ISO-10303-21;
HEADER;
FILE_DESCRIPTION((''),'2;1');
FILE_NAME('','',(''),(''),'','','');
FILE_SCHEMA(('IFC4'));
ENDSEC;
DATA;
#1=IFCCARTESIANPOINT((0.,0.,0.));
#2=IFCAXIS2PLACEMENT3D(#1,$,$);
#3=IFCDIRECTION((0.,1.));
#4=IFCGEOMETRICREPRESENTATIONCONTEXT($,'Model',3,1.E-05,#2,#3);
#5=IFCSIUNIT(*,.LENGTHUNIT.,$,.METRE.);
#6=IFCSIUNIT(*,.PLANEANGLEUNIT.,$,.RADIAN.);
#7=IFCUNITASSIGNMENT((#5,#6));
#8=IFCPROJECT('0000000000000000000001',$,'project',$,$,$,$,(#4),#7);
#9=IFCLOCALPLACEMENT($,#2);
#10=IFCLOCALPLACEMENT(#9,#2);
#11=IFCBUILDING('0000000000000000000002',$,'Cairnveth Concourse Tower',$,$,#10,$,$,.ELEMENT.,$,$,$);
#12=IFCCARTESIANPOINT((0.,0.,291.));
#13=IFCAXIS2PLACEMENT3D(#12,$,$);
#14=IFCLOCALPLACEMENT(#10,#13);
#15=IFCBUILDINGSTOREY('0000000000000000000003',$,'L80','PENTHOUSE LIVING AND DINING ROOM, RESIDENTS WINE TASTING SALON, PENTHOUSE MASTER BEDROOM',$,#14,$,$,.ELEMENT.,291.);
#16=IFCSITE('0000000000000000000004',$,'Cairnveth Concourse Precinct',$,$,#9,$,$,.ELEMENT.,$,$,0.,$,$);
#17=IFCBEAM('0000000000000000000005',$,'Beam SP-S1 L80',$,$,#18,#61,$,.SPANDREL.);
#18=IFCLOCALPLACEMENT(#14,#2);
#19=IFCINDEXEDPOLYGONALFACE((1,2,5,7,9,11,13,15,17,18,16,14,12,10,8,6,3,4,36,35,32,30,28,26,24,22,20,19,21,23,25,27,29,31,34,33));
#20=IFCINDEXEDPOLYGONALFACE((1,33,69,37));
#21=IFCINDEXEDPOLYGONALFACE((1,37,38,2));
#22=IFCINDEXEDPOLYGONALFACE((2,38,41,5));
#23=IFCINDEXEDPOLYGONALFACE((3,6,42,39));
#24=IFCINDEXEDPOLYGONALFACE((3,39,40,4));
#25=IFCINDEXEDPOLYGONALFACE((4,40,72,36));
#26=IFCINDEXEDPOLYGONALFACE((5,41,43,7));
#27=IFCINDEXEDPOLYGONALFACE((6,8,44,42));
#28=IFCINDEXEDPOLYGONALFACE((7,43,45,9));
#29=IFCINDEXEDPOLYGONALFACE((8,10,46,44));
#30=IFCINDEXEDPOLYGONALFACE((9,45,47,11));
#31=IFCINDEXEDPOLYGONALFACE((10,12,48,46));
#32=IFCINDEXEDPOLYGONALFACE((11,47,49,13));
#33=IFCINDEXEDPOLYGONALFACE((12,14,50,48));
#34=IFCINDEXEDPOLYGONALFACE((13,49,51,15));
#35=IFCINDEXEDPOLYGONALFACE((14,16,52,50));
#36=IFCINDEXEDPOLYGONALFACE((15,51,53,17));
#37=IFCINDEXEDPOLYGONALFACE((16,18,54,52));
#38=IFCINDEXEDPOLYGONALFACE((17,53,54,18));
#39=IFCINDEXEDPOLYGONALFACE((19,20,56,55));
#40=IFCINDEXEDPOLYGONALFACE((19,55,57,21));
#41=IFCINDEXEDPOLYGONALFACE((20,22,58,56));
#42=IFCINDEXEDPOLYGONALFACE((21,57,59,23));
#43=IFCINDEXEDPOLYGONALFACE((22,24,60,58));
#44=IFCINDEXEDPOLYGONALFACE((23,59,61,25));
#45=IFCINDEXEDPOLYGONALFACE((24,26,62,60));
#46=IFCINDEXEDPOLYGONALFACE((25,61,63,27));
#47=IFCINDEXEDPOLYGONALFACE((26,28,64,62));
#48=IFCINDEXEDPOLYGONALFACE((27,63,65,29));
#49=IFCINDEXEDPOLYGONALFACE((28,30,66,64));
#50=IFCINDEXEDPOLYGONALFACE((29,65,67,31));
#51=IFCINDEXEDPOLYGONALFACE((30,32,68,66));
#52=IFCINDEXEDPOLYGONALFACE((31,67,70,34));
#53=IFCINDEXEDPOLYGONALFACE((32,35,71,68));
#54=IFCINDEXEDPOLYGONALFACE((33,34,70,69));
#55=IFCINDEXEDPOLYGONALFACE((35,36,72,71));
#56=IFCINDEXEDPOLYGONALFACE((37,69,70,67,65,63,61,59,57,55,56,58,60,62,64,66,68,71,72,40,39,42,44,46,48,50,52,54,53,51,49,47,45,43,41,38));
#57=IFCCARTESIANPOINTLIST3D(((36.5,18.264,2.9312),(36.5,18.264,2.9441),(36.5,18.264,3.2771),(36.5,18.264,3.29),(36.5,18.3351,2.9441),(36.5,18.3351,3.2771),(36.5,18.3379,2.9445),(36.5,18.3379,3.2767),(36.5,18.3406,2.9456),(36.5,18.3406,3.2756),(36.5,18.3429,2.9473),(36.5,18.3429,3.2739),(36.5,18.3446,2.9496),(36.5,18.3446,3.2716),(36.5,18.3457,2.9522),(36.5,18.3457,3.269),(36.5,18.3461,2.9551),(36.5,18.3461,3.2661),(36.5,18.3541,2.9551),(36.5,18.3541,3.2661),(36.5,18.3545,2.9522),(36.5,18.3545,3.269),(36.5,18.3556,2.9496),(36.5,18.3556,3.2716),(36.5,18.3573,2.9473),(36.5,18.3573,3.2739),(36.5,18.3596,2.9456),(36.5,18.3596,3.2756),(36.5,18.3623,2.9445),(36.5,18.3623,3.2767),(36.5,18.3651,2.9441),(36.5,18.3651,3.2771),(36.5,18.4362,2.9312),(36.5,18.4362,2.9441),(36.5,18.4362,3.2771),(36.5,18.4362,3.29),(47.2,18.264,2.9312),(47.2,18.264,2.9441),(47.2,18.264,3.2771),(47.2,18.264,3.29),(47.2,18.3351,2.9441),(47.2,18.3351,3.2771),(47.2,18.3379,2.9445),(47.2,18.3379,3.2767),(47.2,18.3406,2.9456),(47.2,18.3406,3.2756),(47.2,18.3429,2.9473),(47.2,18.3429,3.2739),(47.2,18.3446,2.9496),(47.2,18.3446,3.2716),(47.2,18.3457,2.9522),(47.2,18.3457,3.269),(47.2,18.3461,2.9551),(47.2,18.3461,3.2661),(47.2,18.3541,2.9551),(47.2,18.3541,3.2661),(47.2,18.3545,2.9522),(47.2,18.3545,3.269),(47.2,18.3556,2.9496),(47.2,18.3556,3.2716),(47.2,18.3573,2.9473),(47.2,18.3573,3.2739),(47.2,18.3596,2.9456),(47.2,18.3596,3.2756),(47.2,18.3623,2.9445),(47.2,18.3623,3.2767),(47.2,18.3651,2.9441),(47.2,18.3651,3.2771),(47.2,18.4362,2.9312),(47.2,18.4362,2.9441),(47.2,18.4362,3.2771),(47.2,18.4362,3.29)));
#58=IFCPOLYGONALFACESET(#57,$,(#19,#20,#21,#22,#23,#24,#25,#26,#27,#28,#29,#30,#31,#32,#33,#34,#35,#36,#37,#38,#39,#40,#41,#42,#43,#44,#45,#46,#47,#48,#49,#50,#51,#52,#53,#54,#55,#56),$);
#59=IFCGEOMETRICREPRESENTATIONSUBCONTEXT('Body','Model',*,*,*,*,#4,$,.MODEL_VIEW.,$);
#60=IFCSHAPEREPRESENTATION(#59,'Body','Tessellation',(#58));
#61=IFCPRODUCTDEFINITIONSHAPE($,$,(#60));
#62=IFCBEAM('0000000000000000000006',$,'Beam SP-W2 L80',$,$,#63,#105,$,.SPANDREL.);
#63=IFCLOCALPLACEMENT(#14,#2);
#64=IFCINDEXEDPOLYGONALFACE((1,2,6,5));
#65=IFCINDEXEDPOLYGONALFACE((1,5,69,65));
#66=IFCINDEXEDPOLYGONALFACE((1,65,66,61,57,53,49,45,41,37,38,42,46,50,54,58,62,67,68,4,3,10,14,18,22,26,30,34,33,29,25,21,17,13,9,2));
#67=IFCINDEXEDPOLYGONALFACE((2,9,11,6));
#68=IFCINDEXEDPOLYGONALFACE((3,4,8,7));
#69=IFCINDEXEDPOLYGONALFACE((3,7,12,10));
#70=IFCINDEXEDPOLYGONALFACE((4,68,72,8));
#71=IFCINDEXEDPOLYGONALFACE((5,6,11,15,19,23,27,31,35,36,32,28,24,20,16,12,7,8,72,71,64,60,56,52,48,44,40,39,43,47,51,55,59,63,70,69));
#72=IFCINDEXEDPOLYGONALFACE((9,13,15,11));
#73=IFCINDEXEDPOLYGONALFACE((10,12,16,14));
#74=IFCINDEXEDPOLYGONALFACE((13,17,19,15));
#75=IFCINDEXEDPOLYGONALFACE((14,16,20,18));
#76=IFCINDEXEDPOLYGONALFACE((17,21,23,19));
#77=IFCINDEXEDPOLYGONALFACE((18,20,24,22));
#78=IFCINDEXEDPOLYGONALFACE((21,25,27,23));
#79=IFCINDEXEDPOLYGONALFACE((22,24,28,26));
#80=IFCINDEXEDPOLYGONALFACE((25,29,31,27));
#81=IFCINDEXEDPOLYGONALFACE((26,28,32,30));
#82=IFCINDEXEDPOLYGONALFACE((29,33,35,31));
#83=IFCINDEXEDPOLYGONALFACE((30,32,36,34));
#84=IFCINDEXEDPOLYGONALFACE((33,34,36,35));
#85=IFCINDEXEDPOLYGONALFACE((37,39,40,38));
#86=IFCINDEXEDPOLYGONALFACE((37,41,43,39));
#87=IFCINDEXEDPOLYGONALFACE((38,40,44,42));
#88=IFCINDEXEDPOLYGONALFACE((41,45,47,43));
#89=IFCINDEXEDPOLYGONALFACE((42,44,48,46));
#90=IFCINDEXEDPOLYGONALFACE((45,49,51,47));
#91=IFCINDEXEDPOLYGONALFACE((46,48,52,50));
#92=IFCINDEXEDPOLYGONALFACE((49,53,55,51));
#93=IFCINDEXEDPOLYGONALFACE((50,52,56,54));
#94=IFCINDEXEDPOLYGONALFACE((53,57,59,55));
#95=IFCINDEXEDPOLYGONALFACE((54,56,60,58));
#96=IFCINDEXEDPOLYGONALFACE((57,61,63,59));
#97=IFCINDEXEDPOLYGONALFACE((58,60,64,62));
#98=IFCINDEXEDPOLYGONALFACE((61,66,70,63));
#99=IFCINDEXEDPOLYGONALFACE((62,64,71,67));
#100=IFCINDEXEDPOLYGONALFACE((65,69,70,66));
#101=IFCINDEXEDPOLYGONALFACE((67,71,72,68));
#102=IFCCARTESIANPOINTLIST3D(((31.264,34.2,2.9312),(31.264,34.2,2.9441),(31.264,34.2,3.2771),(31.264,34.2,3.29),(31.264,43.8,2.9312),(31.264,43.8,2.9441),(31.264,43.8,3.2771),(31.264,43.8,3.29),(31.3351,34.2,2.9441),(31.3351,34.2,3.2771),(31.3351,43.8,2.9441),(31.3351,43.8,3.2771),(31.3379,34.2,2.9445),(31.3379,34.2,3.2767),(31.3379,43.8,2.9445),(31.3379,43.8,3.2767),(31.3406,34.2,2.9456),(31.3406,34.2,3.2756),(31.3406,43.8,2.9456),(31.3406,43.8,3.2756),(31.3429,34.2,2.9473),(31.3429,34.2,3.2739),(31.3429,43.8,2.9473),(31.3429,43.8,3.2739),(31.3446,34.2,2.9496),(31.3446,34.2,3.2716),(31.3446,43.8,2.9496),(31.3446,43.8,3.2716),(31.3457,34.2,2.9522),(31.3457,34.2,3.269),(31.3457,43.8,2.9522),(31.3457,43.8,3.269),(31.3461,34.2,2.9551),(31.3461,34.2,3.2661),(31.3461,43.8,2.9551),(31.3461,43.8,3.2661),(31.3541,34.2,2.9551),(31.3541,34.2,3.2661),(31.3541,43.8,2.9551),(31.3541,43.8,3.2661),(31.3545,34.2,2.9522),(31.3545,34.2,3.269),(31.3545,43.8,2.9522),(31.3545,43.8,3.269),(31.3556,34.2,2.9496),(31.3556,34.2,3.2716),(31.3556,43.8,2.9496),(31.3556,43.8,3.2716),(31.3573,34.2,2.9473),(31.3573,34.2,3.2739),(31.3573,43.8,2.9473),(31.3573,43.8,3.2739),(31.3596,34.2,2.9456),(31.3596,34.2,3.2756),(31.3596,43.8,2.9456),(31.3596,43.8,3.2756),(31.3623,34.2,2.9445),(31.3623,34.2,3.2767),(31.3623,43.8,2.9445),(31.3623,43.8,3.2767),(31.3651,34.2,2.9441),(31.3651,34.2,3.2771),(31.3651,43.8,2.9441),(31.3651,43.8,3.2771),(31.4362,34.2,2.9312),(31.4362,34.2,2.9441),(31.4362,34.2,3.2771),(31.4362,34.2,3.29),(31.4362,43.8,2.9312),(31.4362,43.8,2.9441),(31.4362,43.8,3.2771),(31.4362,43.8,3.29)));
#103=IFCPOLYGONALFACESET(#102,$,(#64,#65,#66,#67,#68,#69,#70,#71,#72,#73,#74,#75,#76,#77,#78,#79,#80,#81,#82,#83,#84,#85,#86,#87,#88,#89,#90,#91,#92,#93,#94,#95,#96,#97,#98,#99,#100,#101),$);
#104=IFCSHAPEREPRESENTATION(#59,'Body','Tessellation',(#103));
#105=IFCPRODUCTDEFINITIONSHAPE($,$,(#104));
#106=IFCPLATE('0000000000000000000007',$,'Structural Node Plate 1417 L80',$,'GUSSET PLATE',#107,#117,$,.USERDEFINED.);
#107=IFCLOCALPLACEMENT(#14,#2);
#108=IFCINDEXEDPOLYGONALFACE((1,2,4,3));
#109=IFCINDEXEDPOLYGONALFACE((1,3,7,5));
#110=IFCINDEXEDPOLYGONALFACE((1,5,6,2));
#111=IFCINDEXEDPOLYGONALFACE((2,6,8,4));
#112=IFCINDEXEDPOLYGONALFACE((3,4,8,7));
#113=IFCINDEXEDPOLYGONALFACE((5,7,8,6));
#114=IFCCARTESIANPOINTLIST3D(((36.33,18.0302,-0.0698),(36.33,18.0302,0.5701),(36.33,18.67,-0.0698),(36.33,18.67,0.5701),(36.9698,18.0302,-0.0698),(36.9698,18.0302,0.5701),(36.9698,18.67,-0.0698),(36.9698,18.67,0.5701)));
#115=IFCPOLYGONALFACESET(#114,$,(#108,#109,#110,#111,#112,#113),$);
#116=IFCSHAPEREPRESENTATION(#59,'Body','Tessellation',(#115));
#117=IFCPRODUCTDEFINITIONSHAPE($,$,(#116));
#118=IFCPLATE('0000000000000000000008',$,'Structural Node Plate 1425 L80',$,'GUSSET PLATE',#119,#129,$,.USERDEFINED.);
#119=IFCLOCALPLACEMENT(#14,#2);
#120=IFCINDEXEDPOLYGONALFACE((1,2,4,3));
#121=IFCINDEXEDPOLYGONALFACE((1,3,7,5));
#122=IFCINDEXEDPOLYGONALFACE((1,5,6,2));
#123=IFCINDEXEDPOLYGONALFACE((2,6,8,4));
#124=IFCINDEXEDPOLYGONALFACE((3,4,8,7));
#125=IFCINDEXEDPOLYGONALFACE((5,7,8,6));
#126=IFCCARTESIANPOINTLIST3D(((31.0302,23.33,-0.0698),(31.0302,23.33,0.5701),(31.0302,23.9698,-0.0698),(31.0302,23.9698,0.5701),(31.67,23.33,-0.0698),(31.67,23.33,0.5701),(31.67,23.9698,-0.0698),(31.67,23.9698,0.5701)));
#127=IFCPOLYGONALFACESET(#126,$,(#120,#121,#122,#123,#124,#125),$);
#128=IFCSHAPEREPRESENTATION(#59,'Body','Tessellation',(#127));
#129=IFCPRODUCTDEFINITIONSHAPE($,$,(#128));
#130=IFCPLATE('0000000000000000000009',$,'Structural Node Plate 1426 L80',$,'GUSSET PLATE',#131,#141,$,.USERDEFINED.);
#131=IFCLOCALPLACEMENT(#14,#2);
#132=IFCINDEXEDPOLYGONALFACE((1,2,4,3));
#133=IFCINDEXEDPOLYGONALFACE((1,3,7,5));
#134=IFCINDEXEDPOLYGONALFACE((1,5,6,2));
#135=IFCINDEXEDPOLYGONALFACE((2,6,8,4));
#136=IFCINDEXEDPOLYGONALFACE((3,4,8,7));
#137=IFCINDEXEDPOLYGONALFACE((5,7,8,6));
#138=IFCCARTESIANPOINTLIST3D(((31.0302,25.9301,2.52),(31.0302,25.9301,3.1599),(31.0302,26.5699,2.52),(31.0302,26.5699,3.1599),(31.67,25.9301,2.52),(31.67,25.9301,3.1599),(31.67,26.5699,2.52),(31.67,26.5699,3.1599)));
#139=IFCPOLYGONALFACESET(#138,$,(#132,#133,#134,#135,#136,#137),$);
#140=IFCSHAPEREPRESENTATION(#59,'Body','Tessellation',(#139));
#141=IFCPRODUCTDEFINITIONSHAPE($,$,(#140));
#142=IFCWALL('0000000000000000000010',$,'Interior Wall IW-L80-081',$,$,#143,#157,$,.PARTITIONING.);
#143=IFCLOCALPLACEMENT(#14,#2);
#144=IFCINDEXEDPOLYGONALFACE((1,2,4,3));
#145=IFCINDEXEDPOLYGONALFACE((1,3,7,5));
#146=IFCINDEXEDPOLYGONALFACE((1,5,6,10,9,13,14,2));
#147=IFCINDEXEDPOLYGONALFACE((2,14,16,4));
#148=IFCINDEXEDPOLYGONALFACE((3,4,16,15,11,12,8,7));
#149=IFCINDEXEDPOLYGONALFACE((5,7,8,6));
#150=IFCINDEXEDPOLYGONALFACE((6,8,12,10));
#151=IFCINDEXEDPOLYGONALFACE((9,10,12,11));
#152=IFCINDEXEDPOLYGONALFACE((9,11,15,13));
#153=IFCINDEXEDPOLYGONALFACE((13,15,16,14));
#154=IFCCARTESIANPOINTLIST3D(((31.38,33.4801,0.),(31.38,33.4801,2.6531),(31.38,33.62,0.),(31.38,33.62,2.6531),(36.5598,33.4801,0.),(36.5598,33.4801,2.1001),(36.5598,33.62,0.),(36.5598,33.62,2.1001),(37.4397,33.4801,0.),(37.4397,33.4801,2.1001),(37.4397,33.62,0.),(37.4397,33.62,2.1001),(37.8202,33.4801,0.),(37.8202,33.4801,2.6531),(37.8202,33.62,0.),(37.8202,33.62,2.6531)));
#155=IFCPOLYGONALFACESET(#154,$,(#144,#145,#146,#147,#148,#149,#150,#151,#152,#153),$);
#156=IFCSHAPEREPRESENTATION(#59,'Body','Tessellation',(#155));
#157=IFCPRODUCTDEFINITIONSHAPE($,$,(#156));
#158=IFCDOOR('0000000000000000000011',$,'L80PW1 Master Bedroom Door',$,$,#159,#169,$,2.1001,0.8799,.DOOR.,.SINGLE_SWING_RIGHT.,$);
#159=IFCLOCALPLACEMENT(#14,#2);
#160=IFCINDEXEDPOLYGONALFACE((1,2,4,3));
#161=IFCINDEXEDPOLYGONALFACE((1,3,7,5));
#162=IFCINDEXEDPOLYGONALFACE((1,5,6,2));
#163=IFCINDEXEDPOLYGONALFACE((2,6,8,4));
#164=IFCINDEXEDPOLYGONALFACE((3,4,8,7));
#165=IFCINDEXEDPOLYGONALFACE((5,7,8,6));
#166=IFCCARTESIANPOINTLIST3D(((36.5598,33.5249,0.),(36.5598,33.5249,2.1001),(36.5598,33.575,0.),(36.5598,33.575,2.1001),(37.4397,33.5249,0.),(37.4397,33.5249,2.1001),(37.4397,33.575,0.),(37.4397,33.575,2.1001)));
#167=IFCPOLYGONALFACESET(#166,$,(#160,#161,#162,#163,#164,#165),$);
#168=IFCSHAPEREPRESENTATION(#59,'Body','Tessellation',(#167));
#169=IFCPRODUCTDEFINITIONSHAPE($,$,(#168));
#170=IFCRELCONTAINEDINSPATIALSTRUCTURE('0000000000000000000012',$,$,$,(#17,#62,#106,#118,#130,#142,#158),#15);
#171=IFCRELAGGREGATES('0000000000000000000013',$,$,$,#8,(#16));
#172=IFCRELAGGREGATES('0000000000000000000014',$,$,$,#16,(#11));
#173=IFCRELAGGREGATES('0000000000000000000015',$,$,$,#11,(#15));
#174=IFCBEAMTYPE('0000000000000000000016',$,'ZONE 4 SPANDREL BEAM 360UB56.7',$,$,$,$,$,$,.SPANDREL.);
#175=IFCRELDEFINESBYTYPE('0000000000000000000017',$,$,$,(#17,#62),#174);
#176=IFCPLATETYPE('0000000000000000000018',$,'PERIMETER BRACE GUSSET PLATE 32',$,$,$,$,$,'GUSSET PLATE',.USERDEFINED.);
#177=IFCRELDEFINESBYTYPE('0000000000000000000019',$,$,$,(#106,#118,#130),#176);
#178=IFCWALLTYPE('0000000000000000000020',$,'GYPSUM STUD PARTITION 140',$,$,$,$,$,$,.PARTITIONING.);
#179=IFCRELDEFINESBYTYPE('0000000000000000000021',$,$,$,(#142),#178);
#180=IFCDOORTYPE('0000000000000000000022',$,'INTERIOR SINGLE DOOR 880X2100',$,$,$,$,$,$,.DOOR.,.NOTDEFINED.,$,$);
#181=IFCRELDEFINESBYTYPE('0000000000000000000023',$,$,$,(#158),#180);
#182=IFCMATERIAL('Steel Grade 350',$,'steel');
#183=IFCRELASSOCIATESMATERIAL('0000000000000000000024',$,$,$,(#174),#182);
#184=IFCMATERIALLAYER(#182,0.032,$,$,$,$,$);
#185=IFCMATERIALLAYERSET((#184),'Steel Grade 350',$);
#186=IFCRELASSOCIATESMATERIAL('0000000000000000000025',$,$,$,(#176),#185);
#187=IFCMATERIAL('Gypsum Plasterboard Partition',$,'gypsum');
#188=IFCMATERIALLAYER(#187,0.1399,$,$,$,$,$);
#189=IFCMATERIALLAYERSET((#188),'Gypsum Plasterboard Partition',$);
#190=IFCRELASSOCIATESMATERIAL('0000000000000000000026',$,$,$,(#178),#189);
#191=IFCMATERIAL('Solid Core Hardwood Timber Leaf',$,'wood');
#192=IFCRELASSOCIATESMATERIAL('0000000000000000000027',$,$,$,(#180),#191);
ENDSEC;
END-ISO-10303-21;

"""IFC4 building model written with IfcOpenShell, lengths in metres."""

from ifc_helpers import new_model, si_unit, direction, frame, frame_2d, origin, origin_2d, place, context, subcontext, project, spatial, rectangle, i_section, extrude, material, layer, layer_set, material_profile, profile_set, type_object, element, fill, save


model = new_model("IFC4")

# Units and contexts
model_context = context("Model", 3, precision=1e-05, world=origin(), true_north=direction((0.0, 1.0)))
body_context = subcontext(model_context, "Body", "Model", "MODEL_VIEW")
ifc_project = project(units=[si_unit("LENGTHUNIT", "METRE"), si_unit("PLANEANGLEUNIT", "RADIAN")], contexts=[model_context])

# Site, building, storey
site_placement = place(None, origin())
site = spatial("IfcSite", under=ifc_project, at=site_placement, Name="Cairnveth Concourse Precinct", CompositionType="ELEMENT", RefElevation=0.0)
building_placement = place(site_placement, origin())
building = spatial("IfcBuilding", under=site, at=building_placement, Name="Cairnveth Concourse Tower", CompositionType="ELEMENT")
storey_placement = place(building_placement, frame((0.0, 0.0, 291.0)))
storey = spatial("IfcBuildingStorey", under=building, at=storey_placement, Name="L80", Description="PENTHOUSE LIVING AND DINING ROOM, RESIDENTS WINE TASTING SALON, PENTHOUSE MASTER BEDROOM", CompositionType="ELEMENT", Elevation=291.0)

# Shared definitions
ifc_material_1 = material(Name="Steel Grade 350", Category="steel")

# Beams
ifc_material_profile_1 = material_profile(ifc_material_1, i_section(OverallWidth=0.1721, OverallDepth=0.3589, WebThickness=0.0081, FlangeThickness=0.0129, FilletRadius=0.011, at=origin_2d()), Name="360UB56.7")
ifc_profile_set_1 = profile_set([ifc_material_profile_1], Name="Steel Grade 350")
beam_type_1 = type_object("IfcBeamType", Name="ZONE 4 SPANDREL BEAM 360UB56.7", PredefinedType="SPANDREL", material=ifc_profile_set_1)
beam_1_placement = place(storey_placement, frame((36.5, 18.3501, 3.1106), z_axis=(1.0, 0.0, 0.0), x_axis=(0.0, 1.0, 0.0)))
element("IfcBeam", 1, at=beam_1_placement, inside=storey, type_object=beam_type_1, Name="Beam SP-S1 L80", PredefinedType="SPANDREL", context=body_context, shape_type="SweptSolid", body=[
    extrude(i_section(OverallWidth=0.1721, OverallDepth=0.3589, WebThickness=0.0081, FlangeThickness=0.0129, FilletRadius=0.011, at=origin_2d()), origin(), (0.0, 0.0, 1.0), 10.7),
])
beam_2_placement = place(storey_placement, frame((31.3501, 34.2, 3.1106), z_axis=(0.0, 1.0, 0.0), x_axis=(-1.0, 0.0, 0.0)))
element("IfcBeam", 2, at=beam_2_placement, inside=storey, type_object=beam_type_1, Name="Beam SP-W2 L80", PredefinedType="SPANDREL", context=body_context, shape_type="SweptSolid", body=[
    extrude(i_section(OverallWidth=0.1721, OverallDepth=0.3589, WebThickness=0.0081, FlangeThickness=0.0129, FilletRadius=0.011, at=origin_2d()), origin(), (0.0, 0.0, 1.0), 9.6001),
])

# Plates
ifc_layer_1 = layer(ifc_material_1, 0.032)
ifc_layer_set_1 = layer_set([ifc_layer_1], Name="Steel Grade 350")
plate_type = type_object("IfcPlateType", Name="PERIMETER BRACE GUSSET PLATE 32", ElementType="GUSSET PLATE", PredefinedType="USERDEFINED", material=ifc_layer_set_1)
for number, where, z_axis, x_axis, name in (
    (3, (36.6499, 18.3501, -0.0698), (0.0, 0.0, 1.0), (1.0, 0.0, 0.0), "Structural Node Plate 1417 L80"),
    (4, (31.3501, 23.6499, -0.0698), (0.0, 0.0, 1.0), (1.0, 0.0, 0.0), "Structural Node Plate 1425 L80"),
    (5, (31.3501, 26.25, 2.52), (0.0, 0.0, 1.0), (1.0, 0.0, 0.0), "Structural Node Plate 1426 L80"),
):
    element("IfcPlate", number, at=place(storey_placement, frame(where, z_axis=z_axis, x_axis=x_axis)), inside=storey, type_object=plate_type, Name=name, ObjectType="GUSSET PLATE", PredefinedType="USERDEFINED", context=body_context, shape_type="SweptSolid", body=[
        extrude(rectangle(XDim=0.6399, YDim=0.6399, at=origin_2d()), origin(), (0.0, 0.0, 1.0), 0.6399),
    ])

# Wall, opening, door
ifc_material_2 = material(Name="Gypsum Plasterboard Partition", Category="gypsum")
ifc_layer_2 = layer(ifc_material_2, 0.1399)
ifc_layer_set_2 = layer_set([ifc_layer_2], Name="Gypsum Plasterboard Partition")
wall_type_1 = type_object("IfcWallType", Name="GYPSUM STUD PARTITION 140", PredefinedType="PARTITIONING", material=ifc_layer_set_2)
wall_1_placement = place(storey_placement, frame((31.3799, 33.55, 0.0), z_axis=(0.0, 0.0, 1.0), x_axis=(1.0, 0.0, 0.0)))
wall_1 = element("IfcWall", 6, at=wall_1_placement, inside=storey, type_object=wall_type_1, Name="Interior Wall IW-L80-081", PredefinedType="PARTITIONING", context=body_context, shape_type="SweptSolid", body=[
    extrude(rectangle(XDim=6.4402, YDim=0.1399, at=frame_2d((3.2202, 0.0))), origin(), (0.0, 0.0, 1.0), 2.6531),
])
opening_1_placement = place(wall_1_placement, frame((5.1799, 0.0, 0.0)))
opening_1 = element("IfcOpeningElement", 7, at=opening_1_placement, cuts=wall_1, PredefinedType="OPENING", context=body_context, shape_type="SweptSolid", body=[
    extrude(rectangle(XDim=0.8799, YDim=2.1001, at=frame_2d((0.4399, 1.05))), frame((0.0, 0.0798, 0.0), z_axis=(0.0, -1.0, 0.0), x_axis=(1.0, 0.0, 0.0)), (0.0, 0.0, 1.0), 0.1599),
])
ifc_material_3 = material(Name="Solid Core Hardwood Timber Leaf", Category="wood")
door_type = type_object("IfcDoorType", Name="INTERIOR SINGLE DOOR 880X2100", OperationType="NOTDEFINED", PredefinedType="DOOR", material=ifc_material_3)
door_placement = place(opening_1_placement, origin())
door = element("IfcDoor", 8, at=door_placement, inside=storey, type_object=door_type, Name="L80PW1 Master Bedroom Door", OperationType="SINGLE_SWING_RIGHT", OverallHeight=2.1001, OverallWidth=0.8799, PredefinedType="DOOR", context=body_context, shape_type="SweptSolid", body=[
    extrude(rectangle(XDim=0.8799, YDim=2.1001, at=frame_2d((0.4399, 1.05))), frame((0.0, 0.0249, 0.0), z_axis=(0.0, -1.0, 0.0), x_axis=(1.0, 0.0, 0.0)), (0.0, 0.0, 1.0), 0.05),
])
fill(opening_1, door)

save(model, "model.ifc")
